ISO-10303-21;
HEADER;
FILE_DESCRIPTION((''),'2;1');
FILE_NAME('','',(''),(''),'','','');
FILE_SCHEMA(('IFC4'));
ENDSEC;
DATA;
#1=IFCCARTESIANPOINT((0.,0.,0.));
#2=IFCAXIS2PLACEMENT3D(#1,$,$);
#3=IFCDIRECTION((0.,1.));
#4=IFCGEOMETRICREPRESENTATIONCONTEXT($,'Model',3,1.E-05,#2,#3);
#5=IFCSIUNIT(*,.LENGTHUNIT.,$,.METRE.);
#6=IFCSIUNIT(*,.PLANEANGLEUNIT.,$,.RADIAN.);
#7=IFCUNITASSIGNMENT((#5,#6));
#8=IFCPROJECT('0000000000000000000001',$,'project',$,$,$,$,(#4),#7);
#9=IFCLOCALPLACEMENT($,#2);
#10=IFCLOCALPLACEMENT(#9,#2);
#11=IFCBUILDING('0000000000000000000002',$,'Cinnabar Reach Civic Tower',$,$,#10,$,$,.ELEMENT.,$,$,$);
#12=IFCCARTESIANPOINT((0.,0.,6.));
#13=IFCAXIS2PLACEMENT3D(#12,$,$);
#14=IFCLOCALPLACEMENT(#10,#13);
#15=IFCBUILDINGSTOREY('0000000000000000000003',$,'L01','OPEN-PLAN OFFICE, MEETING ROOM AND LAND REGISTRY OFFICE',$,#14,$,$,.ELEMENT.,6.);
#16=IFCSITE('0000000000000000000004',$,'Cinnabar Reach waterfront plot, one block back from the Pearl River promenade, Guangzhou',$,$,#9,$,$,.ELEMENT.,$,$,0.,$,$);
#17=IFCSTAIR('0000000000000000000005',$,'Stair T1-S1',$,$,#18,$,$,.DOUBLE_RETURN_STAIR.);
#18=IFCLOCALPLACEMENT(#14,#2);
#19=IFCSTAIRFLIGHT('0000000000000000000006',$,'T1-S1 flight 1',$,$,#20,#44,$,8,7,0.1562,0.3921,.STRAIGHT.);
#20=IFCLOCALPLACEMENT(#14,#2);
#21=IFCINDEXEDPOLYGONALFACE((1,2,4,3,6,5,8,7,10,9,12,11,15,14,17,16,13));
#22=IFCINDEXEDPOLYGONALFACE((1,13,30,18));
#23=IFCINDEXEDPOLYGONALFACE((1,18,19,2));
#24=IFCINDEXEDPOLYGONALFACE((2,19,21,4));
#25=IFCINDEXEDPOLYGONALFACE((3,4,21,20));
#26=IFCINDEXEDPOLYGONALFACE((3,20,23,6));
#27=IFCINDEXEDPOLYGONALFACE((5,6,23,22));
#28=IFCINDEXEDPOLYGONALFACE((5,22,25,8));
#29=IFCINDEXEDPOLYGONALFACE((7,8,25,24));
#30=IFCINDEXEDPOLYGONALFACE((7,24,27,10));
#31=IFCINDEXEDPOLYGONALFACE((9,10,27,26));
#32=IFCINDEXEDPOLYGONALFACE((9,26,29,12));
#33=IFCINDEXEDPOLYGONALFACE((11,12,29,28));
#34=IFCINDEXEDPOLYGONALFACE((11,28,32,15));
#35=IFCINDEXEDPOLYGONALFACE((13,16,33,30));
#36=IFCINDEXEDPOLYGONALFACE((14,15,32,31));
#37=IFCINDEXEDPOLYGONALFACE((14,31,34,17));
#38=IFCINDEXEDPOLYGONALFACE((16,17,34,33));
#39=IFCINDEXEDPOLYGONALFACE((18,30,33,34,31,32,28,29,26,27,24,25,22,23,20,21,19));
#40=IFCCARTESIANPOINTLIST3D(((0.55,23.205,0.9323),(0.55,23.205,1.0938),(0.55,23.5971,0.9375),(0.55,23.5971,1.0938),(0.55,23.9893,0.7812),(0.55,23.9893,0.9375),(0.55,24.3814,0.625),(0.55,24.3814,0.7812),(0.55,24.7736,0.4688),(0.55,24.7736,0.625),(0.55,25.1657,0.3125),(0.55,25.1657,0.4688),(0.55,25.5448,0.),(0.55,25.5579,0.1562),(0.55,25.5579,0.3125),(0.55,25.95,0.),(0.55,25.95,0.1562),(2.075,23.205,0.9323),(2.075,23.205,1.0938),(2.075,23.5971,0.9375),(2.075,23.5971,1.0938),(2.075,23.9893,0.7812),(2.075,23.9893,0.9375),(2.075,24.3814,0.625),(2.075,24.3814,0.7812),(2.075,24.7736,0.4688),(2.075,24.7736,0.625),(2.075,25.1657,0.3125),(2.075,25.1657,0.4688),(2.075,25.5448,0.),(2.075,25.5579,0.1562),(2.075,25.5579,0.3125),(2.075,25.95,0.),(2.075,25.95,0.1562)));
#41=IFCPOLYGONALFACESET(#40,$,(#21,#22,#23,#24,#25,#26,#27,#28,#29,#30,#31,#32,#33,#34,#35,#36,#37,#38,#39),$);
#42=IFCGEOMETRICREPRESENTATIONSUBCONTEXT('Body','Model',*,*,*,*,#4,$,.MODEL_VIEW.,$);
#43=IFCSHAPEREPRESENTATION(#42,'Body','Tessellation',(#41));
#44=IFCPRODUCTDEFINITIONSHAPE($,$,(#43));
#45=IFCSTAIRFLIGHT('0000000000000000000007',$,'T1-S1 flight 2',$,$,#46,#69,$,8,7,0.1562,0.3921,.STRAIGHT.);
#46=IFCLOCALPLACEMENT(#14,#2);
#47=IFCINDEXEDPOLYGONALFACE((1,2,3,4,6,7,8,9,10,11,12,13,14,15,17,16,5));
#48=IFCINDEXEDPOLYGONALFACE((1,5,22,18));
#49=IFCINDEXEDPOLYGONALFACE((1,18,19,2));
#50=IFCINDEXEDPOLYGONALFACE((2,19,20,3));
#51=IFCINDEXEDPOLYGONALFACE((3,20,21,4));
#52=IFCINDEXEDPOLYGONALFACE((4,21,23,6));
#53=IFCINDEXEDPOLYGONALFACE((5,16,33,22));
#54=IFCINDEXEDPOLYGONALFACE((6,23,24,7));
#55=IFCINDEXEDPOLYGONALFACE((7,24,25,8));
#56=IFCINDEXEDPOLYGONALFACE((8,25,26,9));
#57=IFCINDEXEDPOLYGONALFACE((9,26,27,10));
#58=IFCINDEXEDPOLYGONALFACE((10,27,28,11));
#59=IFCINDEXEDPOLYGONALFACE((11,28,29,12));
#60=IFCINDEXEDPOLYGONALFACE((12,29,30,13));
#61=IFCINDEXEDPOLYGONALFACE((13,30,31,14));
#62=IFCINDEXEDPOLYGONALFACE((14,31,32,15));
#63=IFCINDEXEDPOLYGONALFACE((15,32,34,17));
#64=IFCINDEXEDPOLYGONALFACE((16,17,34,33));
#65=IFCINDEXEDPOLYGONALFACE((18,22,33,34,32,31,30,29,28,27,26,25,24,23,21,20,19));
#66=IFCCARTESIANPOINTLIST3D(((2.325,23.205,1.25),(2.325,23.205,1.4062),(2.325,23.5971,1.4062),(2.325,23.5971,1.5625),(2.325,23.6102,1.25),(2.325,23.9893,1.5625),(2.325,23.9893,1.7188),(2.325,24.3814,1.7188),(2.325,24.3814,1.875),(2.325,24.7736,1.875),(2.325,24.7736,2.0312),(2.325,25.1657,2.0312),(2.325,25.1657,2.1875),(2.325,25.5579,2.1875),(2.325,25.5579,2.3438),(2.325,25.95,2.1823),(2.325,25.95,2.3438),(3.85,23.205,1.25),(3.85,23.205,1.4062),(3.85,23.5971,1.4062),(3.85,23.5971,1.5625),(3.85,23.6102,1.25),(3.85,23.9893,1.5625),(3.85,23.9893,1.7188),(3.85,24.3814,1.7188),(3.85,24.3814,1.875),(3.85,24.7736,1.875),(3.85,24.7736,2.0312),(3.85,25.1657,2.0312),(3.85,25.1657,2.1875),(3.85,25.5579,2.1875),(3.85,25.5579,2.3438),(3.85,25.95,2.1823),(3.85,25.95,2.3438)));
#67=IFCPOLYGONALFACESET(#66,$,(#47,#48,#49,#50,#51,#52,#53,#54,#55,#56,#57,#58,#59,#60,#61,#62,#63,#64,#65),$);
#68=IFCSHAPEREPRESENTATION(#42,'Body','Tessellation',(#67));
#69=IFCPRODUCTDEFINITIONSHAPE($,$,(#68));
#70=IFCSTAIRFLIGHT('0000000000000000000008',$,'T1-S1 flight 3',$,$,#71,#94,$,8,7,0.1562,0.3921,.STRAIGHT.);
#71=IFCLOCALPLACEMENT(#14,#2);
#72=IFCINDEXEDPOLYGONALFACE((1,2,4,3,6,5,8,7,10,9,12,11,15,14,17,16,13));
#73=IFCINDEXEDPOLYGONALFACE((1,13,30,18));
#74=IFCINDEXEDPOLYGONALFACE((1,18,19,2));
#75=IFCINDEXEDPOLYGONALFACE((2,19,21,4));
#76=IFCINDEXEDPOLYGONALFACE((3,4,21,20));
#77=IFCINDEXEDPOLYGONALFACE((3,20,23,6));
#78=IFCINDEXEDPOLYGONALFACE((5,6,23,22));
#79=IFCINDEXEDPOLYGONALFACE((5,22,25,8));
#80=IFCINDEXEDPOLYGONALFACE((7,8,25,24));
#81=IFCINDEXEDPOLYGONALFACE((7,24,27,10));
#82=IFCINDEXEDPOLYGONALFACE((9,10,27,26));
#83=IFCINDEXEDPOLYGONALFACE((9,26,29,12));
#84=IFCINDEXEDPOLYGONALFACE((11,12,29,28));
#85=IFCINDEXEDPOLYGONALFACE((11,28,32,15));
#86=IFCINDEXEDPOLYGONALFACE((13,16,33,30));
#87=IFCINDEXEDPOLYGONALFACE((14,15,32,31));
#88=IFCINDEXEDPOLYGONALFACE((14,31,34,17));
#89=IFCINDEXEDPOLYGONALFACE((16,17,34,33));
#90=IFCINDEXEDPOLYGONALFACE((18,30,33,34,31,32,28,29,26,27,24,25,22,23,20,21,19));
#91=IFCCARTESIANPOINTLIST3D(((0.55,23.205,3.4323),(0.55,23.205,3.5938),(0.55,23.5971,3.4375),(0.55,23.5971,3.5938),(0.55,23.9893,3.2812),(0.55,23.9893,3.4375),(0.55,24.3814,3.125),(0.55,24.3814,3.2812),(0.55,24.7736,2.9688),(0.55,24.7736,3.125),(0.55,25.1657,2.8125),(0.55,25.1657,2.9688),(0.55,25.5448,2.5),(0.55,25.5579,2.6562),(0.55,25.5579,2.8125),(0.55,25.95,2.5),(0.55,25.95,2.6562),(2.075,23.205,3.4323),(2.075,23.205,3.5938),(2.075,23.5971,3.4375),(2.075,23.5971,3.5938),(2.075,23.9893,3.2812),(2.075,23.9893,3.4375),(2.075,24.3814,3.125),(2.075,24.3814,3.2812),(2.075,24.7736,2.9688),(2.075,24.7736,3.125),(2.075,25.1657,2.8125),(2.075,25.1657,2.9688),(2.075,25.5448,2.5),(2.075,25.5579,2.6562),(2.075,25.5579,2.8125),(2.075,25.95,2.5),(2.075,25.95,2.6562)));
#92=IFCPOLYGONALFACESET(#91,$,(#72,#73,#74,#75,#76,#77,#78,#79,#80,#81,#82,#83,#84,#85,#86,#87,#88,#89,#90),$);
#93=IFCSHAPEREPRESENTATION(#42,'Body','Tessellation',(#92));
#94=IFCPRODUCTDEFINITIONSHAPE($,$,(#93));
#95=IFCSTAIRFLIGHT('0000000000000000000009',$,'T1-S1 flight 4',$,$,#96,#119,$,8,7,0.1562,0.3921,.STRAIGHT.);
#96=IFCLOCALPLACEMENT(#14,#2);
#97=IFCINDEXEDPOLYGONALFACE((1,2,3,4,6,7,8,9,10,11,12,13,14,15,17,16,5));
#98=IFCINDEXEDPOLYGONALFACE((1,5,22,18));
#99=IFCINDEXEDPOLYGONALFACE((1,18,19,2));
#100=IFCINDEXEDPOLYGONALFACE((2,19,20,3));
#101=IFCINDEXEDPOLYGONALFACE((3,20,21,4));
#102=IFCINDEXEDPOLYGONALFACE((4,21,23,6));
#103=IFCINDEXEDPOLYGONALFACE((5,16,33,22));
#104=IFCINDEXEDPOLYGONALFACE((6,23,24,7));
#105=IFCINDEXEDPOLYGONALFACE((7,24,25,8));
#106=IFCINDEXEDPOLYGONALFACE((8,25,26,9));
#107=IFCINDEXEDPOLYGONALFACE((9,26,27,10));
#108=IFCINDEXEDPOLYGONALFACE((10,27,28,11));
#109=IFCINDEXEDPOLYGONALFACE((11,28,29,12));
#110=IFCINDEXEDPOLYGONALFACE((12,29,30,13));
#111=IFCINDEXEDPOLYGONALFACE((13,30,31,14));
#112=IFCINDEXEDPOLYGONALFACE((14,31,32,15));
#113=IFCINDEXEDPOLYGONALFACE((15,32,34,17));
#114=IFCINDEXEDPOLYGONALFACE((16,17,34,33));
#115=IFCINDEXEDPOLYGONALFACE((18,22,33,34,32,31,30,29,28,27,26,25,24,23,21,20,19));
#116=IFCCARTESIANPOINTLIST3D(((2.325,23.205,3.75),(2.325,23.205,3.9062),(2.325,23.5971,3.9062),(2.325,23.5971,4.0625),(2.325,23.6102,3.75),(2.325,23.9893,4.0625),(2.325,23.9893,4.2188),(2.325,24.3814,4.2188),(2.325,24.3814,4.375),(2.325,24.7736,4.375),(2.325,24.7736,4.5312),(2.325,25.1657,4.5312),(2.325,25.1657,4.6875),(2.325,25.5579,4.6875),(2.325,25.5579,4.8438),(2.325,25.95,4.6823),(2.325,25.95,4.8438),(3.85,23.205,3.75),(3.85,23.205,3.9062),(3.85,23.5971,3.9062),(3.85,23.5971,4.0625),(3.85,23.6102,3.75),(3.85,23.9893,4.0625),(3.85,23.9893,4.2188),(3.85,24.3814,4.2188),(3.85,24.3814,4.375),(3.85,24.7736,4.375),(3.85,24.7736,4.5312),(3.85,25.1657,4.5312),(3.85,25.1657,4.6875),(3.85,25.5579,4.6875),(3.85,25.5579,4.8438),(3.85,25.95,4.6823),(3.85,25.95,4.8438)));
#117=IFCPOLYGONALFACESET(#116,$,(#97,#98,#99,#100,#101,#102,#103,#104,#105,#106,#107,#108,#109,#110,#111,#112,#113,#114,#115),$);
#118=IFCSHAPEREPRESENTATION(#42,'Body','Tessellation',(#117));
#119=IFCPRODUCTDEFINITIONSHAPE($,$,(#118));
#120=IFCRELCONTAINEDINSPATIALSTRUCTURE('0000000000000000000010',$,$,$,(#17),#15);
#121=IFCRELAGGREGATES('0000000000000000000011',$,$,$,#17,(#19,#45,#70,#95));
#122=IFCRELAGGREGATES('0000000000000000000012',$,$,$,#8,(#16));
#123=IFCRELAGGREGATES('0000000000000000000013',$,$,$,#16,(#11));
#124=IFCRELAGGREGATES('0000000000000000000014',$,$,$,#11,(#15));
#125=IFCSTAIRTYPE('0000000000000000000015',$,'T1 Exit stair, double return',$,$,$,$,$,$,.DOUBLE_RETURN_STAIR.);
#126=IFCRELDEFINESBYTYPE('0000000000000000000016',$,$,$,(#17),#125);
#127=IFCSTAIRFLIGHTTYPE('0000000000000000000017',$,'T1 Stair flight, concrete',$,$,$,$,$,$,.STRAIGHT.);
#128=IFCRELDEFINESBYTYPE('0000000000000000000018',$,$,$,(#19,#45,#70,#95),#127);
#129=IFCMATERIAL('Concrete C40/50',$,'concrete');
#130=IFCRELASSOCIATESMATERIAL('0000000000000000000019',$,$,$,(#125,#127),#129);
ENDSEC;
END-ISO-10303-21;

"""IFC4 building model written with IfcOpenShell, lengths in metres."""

from ifc_helpers import new_model, si_unit, direction, frame, origin, place, context, subcontext, project, spatial, polyline, outline, extrude, material, type_object, element, aggregate, save


model = new_model("IFC4")

# Units and contexts
model_context = context("Model", 3, precision=1e-05, world=origin(), true_north=direction((0.0, 1.0)))
body_context = subcontext(model_context, "Body", "Model", "MODEL_VIEW")
ifc_project = project(units=[si_unit("LENGTHUNIT", "METRE"), si_unit("PLANEANGLEUNIT", "RADIAN")], contexts=[model_context])

# Site, building, storey
site_placement = place(None, origin())
site = spatial("IfcSite", under=ifc_project, at=site_placement, Name="Cinnabar Reach waterfront plot, one block back from the Pearl River promenade, Guangzhou", CompositionType="ELEMENT", RefElevation=0.0)
building_placement = place(site_placement, origin())
building = spatial("IfcBuilding", under=site, at=building_placement, Name="Cinnabar Reach Civic Tower", CompositionType="ELEMENT")
storey_placement = place(building_placement, frame((0.0, 0.0, 6.0)))
storey = spatial("IfcBuildingStorey", under=building, at=storey_placement, Name="L01", Description="OPEN-PLAN OFFICE, MEETING ROOM AND LAND REGISTRY OFFICE", CompositionType="ELEMENT", Elevation=6.0)

# Shared definitions
ifc_material_1 = material(Name="Concrete C40/50", Category="concrete")

# Stair, stair flights
stair_type = type_object("IfcStairType", Name="T1 Exit stair, double return", PredefinedType="DOUBLE_RETURN_STAIR", material=ifc_material_1)
stair_1_placement = place(storey_placement, origin())
stair_1 = element("IfcStair", 1, at=stair_1_placement, inside=storey, type_object=stair_type, Name="Stair T1-S1", PredefinedType="DOUBLE_RETURN_STAIR")
stair_flight_type = type_object("IfcStairFlightType", Name="T1 Stair flight, concrete", PredefinedType="STRAIGHT", material=ifc_material_1)
stair_flight_1_placement = place(storey_placement, frame((1.3125, 25.95, 0.0), z_axis=(0.0, 0.0, 1.0), x_axis=(0.0, -1.0, 0.0)))
stair_flight_1 = element("IfcStairFlight", 2, at=stair_flight_1_placement, type_object=stair_flight_type, Name="T1-S1 flight 1", NumberOfRisers=8, NumberOfTreads=7, PredefinedType="STRAIGHT", RiserHeight=0.1562, TreadLength=0.3921, context=body_context, shape_type="SweptSolid", body=[
    extrude(outline(polyline([(0.0, 0.0), (0.0, 0.1562), (0.3921, 0.1562), (0.3921, 0.3125), (0.7843, 0.3125), (0.7843, 0.4688), (1.1764, 0.4688), (1.1764, 0.625), (1.5686, 0.625), (1.5686, 0.7812), (1.9607, 0.7812), (1.9607, 0.9375), (2.3529, 0.9375), (2.3529, 1.0938), (2.745, 1.0938), (2.745, 1.25), (2.745, 0.9323), (0.4052, 0.0), (0.0, 0.0)])), frame((0.0, 0.7625, 0.0), z_axis=(0.0, -1.0, 0.0), x_axis=(1.0, 0.0, 0.0)), (0.0, 0.0, 1.0), 1.525),
])
stair_flight_2_placement = place(storey_placement, frame((3.0875, 23.205, 1.25), z_axis=(0.0, 0.0, 1.0), x_axis=(0.0, 1.0, 0.0)))
stair_flight_2 = element("IfcStairFlight", 3, at=stair_flight_2_placement, type_object=stair_flight_type, Name="T1-S1 flight 2", NumberOfRisers=8, NumberOfTreads=7, PredefinedType="STRAIGHT", RiserHeight=0.1562, TreadLength=0.3921, context=body_context, shape_type="SweptSolid", body=[
    extrude(outline(polyline([(0.0, 0.0), (0.0, 0.1562), (0.3921, 0.1562), (0.3921, 0.3125), (0.7843, 0.3125), (0.7843, 0.4688), (1.1764, 0.4688), (1.1764, 0.625), (1.5686, 0.625), (1.5686, 0.7812), (1.9607, 0.7812), (1.9607, 0.9375), (2.3529, 0.9375), (2.3529, 1.0938), (2.745, 1.0938), (2.745, 1.25), (2.745, 0.9323), (0.4052, 0.0), (0.0, 0.0)])), frame((0.0, 0.7625, 0.0), z_axis=(0.0, -1.0, 0.0), x_axis=(1.0, 0.0, 0.0)), (0.0, 0.0, 1.0), 1.525),
])
stair_flight_3_placement = place(storey_placement, frame((1.3125, 25.95, 2.5), z_axis=(0.0, 0.0, 1.0), x_axis=(0.0, -1.0, 0.0)))
stair_flight_3 = element("IfcStairFlight", 4, at=stair_flight_3_placement, type_object=stair_flight_type, Name="T1-S1 flight 3", NumberOfRisers=8, NumberOfTreads=7, PredefinedType="STRAIGHT", RiserHeight=0.1562, TreadLength=0.3921, context=body_context, shape_type="SweptSolid", body=[
    extrude(outline(polyline([(0.0, 0.0), (0.0, 0.1562), (0.3921, 0.1562), (0.3921, 0.3125), (0.7843, 0.3125), (0.7843, 0.4688), (1.1764, 0.4688), (1.1764, 0.625), (1.5686, 0.625), (1.5686, 0.7812), (1.9607, 0.7812), (1.9607, 0.9375), (2.3529, 0.9375), (2.3529, 1.0938), (2.745, 1.0938), (2.745, 1.25), (2.745, 0.9323), (0.4052, 0.0), (0.0, 0.0)])), frame((0.0, 0.7625, 0.0), z_axis=(0.0, -1.0, 0.0), x_axis=(1.0, 0.0, 0.0)), (0.0, 0.0, 1.0), 1.525),
])
stair_flight_4_placement = place(storey_placement, frame((3.0875, 23.205, 3.75), z_axis=(0.0, 0.0, 1.0), x_axis=(0.0, 1.0, 0.0)))
stair_flight_4 = element("IfcStairFlight", 5, at=stair_flight_4_placement, type_object=stair_flight_type, Name="T1-S1 flight 4", NumberOfRisers=8, NumberOfTreads=7, PredefinedType="STRAIGHT", RiserHeight=0.1562, TreadLength=0.3921, context=body_context, shape_type="SweptSolid", body=[
    extrude(outline(polyline([(0.0, 0.0), (0.0, 0.1562), (0.3921, 0.1562), (0.3921, 0.3125), (0.7843, 0.3125), (0.7843, 0.4688), (1.1764, 0.4688), (1.1764, 0.625), (1.5686, 0.625), (1.5686, 0.7812), (1.9607, 0.7812), (1.9607, 0.9375), (2.3529, 0.9375), (2.3529, 1.0938), (2.745, 1.0938), (2.745, 1.25), (2.745, 0.9323), (0.4052, 0.0), (0.0, 0.0)])), frame((0.0, 0.7625, 0.0), z_axis=(0.0, -1.0, 0.0), x_axis=(1.0, 0.0, 0.0)), (0.0, 0.0, 1.0), 1.525),
])
aggregate(stair_1, [stair_flight_1, stair_flight_2, stair_flight_3, stair_flight_4])

save(model, "model.ifc")
